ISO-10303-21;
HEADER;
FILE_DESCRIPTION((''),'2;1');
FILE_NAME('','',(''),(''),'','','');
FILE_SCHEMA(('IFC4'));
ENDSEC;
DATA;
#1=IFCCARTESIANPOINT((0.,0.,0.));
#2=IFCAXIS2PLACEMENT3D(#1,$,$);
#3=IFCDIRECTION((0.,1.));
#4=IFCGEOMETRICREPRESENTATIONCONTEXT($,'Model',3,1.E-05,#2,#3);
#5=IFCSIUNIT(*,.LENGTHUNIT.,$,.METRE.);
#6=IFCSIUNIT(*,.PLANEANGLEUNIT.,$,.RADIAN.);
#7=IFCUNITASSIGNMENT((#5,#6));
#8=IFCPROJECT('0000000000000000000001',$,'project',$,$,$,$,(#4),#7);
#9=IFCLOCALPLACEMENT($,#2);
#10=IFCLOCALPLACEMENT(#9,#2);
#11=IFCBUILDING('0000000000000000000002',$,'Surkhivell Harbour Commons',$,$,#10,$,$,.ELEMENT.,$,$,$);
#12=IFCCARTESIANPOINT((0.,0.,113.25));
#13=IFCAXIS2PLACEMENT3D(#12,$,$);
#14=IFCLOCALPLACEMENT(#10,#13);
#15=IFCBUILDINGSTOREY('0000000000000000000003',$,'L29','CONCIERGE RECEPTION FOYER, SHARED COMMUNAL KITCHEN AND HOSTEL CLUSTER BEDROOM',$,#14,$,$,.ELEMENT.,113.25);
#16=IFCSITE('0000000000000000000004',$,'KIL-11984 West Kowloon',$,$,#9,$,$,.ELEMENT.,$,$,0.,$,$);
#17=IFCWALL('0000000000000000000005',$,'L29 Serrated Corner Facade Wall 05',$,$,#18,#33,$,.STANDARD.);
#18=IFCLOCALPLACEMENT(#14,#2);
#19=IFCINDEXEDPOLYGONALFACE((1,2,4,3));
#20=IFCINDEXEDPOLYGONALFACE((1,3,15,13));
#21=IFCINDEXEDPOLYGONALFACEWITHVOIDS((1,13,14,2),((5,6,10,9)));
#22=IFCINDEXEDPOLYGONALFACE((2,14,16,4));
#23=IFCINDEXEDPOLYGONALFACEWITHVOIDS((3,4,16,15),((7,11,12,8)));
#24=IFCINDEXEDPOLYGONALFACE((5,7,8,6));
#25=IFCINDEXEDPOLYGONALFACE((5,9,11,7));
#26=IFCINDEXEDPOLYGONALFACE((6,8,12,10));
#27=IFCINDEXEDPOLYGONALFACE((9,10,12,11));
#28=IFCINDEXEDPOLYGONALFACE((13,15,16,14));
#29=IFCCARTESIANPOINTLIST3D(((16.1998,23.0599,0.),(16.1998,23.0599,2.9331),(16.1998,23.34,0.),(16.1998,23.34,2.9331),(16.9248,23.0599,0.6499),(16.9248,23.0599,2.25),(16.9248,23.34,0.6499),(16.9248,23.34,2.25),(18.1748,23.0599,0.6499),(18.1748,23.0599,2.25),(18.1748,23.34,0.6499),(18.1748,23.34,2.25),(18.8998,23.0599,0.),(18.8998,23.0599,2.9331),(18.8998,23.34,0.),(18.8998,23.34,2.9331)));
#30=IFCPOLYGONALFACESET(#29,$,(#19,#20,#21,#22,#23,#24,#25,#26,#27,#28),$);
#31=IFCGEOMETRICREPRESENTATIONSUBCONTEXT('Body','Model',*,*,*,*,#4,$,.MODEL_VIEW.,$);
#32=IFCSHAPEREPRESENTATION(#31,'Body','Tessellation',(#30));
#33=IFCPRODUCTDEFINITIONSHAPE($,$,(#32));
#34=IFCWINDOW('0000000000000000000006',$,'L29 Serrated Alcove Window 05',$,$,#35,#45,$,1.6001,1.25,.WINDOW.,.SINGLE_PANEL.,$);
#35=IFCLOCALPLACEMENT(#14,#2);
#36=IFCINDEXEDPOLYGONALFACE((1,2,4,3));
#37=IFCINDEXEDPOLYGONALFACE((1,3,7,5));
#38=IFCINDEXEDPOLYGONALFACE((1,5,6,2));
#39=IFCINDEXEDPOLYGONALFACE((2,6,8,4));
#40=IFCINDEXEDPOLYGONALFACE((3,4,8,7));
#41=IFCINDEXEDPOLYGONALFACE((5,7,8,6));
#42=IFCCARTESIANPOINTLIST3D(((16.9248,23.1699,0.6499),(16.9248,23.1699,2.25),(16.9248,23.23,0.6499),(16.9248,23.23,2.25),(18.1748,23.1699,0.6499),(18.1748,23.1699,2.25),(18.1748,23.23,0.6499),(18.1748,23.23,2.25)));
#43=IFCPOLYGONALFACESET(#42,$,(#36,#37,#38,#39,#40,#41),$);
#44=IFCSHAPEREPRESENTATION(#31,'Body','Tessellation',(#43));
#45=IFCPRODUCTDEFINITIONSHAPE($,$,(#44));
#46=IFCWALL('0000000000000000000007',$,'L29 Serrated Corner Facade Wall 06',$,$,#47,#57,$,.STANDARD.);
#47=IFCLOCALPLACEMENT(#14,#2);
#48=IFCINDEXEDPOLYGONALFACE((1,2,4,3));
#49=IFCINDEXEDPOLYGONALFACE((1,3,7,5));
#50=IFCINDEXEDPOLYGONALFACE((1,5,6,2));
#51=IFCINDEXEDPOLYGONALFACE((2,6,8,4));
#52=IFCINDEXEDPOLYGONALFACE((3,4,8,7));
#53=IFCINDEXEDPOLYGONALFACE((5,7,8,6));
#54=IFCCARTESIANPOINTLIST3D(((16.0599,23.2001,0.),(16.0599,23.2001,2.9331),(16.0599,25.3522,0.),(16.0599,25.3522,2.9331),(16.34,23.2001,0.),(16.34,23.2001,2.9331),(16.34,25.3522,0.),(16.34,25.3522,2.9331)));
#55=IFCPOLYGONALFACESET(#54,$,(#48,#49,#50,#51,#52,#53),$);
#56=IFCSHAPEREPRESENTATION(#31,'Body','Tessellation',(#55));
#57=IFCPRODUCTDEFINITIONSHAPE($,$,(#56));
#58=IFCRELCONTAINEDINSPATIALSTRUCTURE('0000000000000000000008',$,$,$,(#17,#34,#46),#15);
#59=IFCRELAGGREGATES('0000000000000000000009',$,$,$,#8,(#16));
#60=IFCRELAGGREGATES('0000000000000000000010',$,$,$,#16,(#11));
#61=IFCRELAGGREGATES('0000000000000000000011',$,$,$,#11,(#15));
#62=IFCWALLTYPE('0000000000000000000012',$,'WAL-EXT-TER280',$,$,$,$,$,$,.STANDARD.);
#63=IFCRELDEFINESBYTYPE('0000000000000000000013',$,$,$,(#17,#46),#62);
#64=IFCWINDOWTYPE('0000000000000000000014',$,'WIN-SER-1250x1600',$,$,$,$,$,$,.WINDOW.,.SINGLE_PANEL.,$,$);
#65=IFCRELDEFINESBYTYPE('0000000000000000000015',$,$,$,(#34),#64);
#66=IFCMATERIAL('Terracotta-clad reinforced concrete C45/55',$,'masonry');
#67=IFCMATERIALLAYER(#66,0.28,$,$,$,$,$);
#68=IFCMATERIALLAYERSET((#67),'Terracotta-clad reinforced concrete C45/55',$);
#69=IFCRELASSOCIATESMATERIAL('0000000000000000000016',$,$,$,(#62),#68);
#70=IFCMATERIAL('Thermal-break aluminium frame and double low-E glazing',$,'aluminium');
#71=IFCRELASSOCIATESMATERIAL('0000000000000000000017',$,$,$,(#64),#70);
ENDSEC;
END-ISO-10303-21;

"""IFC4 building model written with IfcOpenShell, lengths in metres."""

from ifc_helpers import new_model, si_unit, direction, frame, frame_2d, origin, place, context, subcontext, project, spatial, rectangle, extrude, material, layer, layer_set, type_object, element, fill, save


model = new_model("IFC4")

# Units and contexts
model_context = context("Model", 3, precision=1e-05, world=origin(), true_north=direction((0.0, 1.0)))
body_context = subcontext(model_context, "Body", "Model", "MODEL_VIEW")
ifc_project = project(units=[si_unit("LENGTHUNIT", "METRE"), si_unit("PLANEANGLEUNIT", "RADIAN")], contexts=[model_context])

# Site, building, storey
site_placement = place(None, origin())
site = spatial("IfcSite", under=ifc_project, at=site_placement, Name="KIL-11984 West Kowloon", CompositionType="ELEMENT", RefElevation=0.0)
building_placement = place(site_placement, origin())
building = spatial("IfcBuilding", under=site, at=building_placement, Name="Surkhivell Harbour Commons", CompositionType="ELEMENT")
storey_placement = place(building_placement, frame((0.0, 0.0, 113.25)))
storey = spatial("IfcBuildingStorey", under=building, at=storey_placement, Name="L29", Description="CONCIERGE RECEPTION FOYER, SHARED COMMUNAL KITCHEN AND HOSTEL CLUSTER BEDROOM", CompositionType="ELEMENT", Elevation=113.25)

# Shared definitions
ifc_material_1 = material(Name="Terracotta-clad reinforced concrete C45/55", Category="masonry")
ifc_layer_1 = layer(ifc_material_1, 0.28)
ifc_layer_set_1 = layer_set([ifc_layer_1], Name="Terracotta-clad reinforced concrete C45/55")
wall_type = type_object("IfcWallType", Name="WAL-EXT-TER280", PredefinedType="STANDARD", material=ifc_layer_set_1)

# Wall, opening, window
wall_1_placement = place(storey_placement, frame((18.8999, 23.2, 0.0), z_axis=(0.0, 0.0, 1.0), x_axis=(-1.0, 0.0, 0.0)))
wall_1 = element("IfcWall", 1, at=wall_1_placement, inside=storey, type_object=wall_type, Name="L29 Serrated Corner Facade Wall 05", PredefinedType="STANDARD", context=body_context, shape_type="SweptSolid", body=[
    extrude(rectangle(XDim=2.7, YDim=0.28, at=frame_2d((1.3501, 0.0))), origin(), (0.0, 0.0, 1.0), 2.9331),
])
opening_placement = place(wall_1_placement, frame((0.7251, 0.0, 0.6499)))
opening = element("IfcOpeningElement", 2, at=opening_placement, cuts=wall_1, PredefinedType="OPENING", context=body_context, shape_type="SweptSolid", body=[
    extrude(rectangle(XDim=1.25, YDim=1.6001, at=frame_2d((0.625, 0.8))), frame((0.0, 0.1499, 0.0), z_axis=(0.0, -1.0, 0.0), x_axis=(1.0, 0.0, 0.0)), (0.0, 0.0, 1.0), 0.3),
])
ifc_material_2 = material(Name="Thermal-break aluminium frame and double low-E glazing", Category="aluminium")
window_type = type_object("IfcWindowType", Name="WIN-SER-1250x1600", PartitioningType="SINGLE_PANEL", PredefinedType="WINDOW", material=ifc_material_2)
window_placement = place(opening_placement, origin())
window = element("IfcWindow", 3, at=window_placement, inside=storey, type_object=window_type, Name="L29 Serrated Alcove Window 05", OverallHeight=1.6001, OverallWidth=1.25, PartitioningType="SINGLE_PANEL", PredefinedType="WINDOW", context=body_context, shape_type="SweptSolid", body=[
    extrude(rectangle(XDim=1.25, YDim=1.6001, at=frame_2d((0.625, 0.8))), frame((0.0, 0.03, 0.0), z_axis=(0.0, -1.0, 0.0), x_axis=(1.0, 0.0, 0.0)), (0.0, 0.0, 1.0), 0.0601),
])
fill(opening, window)

# Wall
wall_2_placement = place(storey_placement, frame((16.2, 23.2, 0.0), z_axis=(0.0, 0.0, 1.0), x_axis=(0.0, 1.0, 0.0)))
element("IfcWall", 4, at=wall_2_placement, inside=storey, type_object=wall_type, Name="L29 Serrated Corner Facade Wall 06", PredefinedType="STANDARD", context=body_context, shape_type="SweptSolid", body=[
    extrude(rectangle(XDim=2.1521, YDim=0.28, at=frame_2d((1.0762, 0.0))), origin(), (0.0, 0.0, 1.0), 2.9331),
])

save(model, "model.ifc")
